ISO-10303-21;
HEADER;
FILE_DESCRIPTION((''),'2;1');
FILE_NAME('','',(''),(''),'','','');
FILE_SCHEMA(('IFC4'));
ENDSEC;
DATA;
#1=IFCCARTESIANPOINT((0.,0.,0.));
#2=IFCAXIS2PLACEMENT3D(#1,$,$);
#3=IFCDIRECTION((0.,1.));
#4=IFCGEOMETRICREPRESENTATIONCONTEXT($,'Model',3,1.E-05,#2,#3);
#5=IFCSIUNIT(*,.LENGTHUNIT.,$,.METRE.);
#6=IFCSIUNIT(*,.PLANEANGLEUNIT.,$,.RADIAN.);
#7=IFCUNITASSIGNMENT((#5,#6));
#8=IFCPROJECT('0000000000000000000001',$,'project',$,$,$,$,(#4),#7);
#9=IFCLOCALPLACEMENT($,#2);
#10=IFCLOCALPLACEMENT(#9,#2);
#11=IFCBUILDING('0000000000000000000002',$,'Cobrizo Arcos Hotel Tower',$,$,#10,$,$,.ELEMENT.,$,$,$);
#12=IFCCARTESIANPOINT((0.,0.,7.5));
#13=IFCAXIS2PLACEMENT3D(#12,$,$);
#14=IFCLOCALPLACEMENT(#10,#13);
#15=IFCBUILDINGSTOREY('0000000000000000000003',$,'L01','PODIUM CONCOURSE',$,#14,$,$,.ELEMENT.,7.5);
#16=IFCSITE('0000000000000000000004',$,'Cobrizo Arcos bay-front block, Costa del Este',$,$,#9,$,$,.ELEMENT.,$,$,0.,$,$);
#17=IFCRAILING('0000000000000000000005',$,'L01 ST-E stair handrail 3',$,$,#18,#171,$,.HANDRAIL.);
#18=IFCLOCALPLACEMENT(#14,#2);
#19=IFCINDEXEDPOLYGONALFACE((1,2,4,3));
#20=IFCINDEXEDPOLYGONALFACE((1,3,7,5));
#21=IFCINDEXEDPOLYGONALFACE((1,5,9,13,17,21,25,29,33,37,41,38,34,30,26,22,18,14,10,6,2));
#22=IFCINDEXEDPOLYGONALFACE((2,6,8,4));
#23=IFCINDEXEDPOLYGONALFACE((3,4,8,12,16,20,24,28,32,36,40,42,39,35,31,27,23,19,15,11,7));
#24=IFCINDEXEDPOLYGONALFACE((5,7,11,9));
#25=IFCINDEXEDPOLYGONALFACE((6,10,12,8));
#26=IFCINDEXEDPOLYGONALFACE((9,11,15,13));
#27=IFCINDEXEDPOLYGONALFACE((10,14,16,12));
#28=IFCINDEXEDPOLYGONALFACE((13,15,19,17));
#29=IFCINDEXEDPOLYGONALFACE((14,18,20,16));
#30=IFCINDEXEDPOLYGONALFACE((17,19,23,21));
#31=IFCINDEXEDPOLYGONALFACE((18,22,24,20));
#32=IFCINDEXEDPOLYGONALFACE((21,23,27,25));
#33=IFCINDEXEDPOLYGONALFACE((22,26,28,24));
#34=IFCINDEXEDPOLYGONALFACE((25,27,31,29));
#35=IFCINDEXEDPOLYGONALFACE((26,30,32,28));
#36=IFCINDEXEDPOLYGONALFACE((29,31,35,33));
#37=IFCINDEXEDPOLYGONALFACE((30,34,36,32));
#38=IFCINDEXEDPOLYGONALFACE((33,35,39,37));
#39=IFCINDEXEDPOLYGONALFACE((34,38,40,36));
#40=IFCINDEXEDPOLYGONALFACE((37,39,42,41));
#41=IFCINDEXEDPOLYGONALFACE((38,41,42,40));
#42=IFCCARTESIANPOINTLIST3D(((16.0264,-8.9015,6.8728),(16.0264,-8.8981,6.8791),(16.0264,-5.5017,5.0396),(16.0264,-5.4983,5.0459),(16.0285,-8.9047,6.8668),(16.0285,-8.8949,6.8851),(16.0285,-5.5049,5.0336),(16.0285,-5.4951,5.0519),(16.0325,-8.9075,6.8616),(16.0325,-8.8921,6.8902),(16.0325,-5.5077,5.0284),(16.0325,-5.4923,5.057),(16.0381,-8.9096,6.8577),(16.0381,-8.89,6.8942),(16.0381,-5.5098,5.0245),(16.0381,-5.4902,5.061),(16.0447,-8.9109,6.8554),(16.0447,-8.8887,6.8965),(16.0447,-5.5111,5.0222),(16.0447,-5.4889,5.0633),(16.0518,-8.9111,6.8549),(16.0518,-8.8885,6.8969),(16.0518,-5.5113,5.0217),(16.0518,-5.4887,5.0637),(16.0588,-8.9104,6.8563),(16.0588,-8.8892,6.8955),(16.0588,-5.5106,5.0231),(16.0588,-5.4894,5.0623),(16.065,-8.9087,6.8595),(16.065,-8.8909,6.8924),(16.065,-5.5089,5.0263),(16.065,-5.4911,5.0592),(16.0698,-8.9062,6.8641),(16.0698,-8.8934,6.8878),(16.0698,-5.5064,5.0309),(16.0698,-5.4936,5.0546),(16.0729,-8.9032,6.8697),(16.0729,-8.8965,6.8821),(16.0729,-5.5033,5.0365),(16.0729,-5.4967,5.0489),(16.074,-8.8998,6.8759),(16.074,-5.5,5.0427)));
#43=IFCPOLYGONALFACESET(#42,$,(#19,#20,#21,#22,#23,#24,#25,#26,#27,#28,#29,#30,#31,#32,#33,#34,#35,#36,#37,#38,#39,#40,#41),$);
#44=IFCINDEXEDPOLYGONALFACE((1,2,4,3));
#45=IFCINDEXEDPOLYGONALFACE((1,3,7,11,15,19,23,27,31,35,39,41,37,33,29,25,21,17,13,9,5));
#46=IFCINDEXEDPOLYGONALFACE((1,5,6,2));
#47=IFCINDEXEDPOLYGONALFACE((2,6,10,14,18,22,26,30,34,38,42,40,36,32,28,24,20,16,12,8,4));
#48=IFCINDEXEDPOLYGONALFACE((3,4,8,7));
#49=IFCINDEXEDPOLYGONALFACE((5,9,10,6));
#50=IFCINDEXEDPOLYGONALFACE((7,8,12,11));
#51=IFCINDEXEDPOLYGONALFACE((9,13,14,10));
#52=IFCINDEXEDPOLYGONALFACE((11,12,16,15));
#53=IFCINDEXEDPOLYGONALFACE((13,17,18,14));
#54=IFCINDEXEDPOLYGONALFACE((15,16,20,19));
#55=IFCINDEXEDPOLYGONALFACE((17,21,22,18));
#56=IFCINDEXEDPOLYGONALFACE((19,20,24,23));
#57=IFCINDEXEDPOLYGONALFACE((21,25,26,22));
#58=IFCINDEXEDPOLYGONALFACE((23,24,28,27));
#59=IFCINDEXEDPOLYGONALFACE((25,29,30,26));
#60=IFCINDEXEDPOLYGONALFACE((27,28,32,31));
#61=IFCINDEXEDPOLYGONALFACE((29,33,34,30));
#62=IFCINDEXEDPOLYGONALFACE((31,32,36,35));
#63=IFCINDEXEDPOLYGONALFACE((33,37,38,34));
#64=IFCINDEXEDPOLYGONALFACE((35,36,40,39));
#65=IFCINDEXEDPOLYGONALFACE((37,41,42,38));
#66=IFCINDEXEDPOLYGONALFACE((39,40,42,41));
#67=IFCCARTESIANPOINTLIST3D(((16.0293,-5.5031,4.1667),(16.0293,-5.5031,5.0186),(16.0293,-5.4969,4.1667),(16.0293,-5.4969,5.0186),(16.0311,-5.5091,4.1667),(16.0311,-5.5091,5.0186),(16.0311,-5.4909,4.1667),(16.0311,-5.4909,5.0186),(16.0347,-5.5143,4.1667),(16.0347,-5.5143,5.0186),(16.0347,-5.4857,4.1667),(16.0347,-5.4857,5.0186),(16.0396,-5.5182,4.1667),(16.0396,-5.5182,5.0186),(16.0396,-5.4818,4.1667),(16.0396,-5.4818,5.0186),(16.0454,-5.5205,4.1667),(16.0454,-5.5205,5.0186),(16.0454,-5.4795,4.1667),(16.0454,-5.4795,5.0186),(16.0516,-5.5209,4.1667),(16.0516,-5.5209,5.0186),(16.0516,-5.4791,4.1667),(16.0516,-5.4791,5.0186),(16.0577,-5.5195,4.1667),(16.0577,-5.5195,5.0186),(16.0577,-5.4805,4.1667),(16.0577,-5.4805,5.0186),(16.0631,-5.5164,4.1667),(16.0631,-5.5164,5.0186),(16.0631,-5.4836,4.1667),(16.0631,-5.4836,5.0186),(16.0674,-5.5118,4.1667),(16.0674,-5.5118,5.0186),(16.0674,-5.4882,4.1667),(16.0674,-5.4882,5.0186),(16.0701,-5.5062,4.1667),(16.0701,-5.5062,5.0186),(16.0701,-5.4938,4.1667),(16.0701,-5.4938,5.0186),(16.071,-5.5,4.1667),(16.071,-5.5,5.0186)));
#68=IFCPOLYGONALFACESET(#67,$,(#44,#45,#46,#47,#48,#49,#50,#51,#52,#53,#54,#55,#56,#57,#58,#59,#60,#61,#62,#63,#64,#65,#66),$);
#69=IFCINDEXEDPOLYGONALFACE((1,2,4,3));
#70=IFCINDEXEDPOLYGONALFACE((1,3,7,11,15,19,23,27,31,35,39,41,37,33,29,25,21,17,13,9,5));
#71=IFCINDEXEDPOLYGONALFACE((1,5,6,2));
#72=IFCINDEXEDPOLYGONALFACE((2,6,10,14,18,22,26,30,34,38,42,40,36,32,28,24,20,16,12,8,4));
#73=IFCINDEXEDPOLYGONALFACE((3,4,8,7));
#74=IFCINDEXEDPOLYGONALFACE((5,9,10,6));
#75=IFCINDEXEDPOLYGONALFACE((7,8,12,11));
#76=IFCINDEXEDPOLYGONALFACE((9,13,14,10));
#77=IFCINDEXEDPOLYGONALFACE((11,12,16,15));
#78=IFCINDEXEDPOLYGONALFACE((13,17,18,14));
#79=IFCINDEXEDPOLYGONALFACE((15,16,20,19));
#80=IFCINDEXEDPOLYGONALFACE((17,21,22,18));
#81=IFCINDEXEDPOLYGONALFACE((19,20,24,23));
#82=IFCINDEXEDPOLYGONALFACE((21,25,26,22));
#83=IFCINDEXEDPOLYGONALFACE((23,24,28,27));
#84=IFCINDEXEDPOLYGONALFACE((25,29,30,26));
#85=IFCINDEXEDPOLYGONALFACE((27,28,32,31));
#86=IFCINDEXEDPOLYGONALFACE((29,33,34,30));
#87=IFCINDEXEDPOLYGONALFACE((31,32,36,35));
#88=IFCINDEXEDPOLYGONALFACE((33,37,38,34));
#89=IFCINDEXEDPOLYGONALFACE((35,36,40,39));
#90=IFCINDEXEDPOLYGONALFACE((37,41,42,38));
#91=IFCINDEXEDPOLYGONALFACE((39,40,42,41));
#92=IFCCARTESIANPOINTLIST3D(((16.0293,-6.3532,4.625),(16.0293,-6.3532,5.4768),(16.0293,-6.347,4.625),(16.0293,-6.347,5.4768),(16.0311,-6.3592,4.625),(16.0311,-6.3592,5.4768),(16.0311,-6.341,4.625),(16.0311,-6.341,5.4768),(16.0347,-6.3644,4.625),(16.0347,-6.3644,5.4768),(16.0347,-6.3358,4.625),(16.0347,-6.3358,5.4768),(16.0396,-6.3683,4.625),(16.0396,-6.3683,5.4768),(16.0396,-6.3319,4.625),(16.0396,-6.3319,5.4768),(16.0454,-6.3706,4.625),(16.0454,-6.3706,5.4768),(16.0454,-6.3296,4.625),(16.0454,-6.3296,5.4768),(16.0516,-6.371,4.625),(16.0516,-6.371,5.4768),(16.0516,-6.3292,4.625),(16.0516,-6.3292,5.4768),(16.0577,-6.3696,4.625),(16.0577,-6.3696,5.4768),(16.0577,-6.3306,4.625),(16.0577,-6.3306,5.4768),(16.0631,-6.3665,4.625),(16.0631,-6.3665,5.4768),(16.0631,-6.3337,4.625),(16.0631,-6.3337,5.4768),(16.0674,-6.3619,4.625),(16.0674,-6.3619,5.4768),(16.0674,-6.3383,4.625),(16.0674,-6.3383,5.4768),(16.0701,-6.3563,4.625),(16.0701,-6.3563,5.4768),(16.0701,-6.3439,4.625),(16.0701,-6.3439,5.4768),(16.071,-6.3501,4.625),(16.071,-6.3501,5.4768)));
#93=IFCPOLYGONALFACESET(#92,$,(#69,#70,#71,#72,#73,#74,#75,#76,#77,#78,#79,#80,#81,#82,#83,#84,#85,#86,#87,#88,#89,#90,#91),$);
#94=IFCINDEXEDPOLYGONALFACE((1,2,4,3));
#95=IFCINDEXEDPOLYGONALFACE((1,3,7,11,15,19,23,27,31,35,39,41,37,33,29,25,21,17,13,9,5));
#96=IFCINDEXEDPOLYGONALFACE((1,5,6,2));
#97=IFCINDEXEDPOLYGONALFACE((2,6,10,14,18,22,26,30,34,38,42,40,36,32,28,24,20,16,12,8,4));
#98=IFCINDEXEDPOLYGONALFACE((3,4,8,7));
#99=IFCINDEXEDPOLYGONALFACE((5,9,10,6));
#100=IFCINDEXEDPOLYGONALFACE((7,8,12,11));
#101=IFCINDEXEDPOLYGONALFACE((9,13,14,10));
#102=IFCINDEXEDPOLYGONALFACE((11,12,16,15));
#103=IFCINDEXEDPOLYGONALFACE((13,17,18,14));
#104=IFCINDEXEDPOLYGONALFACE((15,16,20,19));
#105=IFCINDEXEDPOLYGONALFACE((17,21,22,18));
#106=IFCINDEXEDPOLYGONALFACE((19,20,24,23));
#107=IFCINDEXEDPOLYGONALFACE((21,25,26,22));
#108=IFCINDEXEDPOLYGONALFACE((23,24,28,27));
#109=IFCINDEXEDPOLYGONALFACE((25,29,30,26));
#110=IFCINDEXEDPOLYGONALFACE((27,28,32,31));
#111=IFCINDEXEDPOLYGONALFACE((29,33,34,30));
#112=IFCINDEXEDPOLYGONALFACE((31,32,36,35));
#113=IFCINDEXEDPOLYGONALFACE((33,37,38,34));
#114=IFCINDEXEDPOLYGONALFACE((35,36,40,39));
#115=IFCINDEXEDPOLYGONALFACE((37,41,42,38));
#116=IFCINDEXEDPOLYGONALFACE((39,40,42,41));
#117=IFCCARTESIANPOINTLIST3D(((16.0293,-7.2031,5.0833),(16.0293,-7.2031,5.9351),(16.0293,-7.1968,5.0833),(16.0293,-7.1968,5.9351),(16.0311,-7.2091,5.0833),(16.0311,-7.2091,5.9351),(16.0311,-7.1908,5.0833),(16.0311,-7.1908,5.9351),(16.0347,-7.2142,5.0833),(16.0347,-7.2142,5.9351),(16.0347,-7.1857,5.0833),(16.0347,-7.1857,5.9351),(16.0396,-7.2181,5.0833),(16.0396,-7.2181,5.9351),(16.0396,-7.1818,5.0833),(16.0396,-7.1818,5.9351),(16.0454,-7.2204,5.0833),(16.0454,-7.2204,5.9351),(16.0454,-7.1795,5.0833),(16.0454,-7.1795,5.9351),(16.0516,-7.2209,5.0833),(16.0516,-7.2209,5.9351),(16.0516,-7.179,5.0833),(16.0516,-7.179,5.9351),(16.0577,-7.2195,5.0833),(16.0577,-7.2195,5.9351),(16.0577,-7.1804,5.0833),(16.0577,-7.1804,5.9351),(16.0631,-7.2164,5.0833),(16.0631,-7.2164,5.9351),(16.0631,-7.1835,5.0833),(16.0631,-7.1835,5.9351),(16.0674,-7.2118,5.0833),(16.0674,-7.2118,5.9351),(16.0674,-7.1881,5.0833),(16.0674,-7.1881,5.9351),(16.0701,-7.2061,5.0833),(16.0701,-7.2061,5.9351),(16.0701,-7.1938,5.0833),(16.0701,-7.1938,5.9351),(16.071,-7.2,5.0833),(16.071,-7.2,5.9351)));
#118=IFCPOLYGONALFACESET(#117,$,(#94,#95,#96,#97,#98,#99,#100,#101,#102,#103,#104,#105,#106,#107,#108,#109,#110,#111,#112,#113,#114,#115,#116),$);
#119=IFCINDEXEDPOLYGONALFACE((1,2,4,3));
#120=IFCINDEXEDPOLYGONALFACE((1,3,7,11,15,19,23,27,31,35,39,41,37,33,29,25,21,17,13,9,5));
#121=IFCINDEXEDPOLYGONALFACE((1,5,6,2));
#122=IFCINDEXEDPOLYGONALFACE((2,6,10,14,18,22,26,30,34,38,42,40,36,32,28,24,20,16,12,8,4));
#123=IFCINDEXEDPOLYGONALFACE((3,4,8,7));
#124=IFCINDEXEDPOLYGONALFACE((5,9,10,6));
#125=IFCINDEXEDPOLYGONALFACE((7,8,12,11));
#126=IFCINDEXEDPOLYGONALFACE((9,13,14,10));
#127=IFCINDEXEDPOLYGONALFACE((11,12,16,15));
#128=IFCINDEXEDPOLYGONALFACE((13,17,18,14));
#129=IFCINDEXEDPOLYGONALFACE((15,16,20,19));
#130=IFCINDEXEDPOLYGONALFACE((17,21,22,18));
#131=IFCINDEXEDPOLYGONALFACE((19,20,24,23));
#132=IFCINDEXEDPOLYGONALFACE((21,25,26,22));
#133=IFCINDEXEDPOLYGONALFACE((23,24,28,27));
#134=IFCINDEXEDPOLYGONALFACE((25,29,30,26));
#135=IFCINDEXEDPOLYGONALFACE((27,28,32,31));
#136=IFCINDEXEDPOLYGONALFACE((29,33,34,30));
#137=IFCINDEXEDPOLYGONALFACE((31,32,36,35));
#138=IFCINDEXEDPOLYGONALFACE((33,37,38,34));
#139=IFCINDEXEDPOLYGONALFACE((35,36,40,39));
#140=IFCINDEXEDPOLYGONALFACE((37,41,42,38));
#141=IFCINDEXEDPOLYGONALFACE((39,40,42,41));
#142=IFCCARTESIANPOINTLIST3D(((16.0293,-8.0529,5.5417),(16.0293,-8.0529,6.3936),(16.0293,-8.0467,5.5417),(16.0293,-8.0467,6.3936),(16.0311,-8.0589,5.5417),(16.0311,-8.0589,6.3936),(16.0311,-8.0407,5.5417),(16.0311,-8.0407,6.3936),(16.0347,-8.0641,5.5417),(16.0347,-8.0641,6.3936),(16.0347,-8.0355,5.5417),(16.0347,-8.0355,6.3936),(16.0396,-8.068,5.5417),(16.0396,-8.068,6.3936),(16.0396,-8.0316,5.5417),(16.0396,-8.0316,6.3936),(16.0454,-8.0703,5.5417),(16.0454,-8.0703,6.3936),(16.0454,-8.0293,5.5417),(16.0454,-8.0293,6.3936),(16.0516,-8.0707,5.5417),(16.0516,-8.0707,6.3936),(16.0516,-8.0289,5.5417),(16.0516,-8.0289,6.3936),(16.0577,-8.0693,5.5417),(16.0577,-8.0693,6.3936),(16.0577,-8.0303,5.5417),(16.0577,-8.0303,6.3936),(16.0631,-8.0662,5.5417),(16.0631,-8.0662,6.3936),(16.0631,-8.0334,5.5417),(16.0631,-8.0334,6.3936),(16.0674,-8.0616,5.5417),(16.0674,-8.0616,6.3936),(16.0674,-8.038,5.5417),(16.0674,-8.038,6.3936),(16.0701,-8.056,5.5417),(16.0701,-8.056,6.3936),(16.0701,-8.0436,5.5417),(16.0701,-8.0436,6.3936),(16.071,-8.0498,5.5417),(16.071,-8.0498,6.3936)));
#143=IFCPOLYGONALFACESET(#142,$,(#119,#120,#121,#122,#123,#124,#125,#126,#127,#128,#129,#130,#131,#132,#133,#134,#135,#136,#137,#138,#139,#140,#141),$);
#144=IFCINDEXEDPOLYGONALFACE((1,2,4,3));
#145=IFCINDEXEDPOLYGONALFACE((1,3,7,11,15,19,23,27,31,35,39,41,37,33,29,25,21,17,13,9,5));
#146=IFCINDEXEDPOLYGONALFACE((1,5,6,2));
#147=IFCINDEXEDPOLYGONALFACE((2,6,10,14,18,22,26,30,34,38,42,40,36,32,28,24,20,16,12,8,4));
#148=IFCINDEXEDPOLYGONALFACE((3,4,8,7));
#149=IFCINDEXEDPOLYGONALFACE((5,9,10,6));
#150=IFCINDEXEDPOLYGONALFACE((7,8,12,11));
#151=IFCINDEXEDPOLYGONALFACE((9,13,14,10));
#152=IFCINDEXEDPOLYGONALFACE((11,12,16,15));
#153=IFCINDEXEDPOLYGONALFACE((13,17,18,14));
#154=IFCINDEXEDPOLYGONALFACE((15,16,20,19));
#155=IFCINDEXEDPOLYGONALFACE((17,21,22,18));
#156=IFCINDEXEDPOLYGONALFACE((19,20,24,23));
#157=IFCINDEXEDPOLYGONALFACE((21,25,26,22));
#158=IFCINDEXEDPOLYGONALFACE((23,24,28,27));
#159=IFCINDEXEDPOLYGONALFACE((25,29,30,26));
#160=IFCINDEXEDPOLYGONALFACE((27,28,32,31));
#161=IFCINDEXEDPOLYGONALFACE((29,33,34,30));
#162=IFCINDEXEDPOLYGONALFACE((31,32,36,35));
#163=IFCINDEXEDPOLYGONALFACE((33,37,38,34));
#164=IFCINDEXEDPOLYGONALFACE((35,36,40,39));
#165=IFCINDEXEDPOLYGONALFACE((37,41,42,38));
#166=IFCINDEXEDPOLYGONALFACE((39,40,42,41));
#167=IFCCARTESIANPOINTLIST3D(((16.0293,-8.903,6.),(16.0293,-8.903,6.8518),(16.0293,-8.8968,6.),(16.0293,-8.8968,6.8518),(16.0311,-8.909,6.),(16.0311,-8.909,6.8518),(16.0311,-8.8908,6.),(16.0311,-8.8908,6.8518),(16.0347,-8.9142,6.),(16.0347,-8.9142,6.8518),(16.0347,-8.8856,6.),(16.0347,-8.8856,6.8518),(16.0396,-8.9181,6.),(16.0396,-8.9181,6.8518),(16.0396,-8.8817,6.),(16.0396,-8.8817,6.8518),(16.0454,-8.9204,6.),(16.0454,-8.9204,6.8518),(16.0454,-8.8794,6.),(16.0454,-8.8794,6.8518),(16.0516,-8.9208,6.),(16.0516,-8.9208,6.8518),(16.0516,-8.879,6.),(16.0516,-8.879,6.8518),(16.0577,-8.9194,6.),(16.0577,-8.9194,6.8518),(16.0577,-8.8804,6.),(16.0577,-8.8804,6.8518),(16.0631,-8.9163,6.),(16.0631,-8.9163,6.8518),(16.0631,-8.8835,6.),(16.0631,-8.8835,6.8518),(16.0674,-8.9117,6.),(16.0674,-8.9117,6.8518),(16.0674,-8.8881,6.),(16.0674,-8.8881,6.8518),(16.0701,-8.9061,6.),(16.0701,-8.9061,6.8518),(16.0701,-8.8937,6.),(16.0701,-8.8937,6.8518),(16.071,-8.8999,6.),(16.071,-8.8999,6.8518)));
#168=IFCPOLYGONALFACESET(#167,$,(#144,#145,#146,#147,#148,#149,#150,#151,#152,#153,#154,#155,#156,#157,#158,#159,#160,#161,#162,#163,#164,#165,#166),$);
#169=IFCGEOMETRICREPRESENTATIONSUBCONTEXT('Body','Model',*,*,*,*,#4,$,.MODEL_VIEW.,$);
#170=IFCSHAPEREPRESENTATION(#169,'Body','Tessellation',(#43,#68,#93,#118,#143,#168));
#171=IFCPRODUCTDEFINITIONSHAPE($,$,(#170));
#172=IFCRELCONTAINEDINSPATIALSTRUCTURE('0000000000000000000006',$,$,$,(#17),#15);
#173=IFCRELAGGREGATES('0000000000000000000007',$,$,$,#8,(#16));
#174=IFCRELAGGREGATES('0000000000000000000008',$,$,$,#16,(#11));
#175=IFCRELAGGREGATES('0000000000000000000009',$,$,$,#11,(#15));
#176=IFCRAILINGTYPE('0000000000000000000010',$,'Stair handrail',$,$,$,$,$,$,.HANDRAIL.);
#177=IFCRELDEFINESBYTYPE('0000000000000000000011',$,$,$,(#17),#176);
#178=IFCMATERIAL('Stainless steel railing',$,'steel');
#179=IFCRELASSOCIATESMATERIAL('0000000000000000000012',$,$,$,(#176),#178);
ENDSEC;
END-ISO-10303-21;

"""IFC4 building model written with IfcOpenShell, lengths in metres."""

from ifc_helpers import new_model, si_unit, direction, frame, origin, origin_2d, place, context, subcontext, project, spatial, circle, extrude, material, type_object, element, save


model = new_model("IFC4")

# Units and contexts
model_context = context("Model", 3, precision=1e-05, world=origin(), true_north=direction((0.0, 1.0)))
body_context = subcontext(model_context, "Body", "Model", "MODEL_VIEW")
ifc_project = project(units=[si_unit("LENGTHUNIT", "METRE"), si_unit("PLANEANGLEUNIT", "RADIAN")], contexts=[model_context])

# Site, building, storey
site_placement = place(None, origin())
site = spatial("IfcSite", under=ifc_project, at=site_placement, Name="Cobrizo Arcos bay-front block, Costa del Este", CompositionType="ELEMENT", RefElevation=0.0)
building_placement = place(site_placement, origin())
building = spatial("IfcBuilding", under=site, at=building_placement, Name="Cobrizo Arcos Hotel Tower", CompositionType="ELEMENT")
storey_placement = place(building_placement, frame((0.0, 0.0, 7.5)))
storey = spatial("IfcBuildingStorey", under=building, at=storey_placement, Name="L01", Description="PODIUM CONCOURSE", CompositionType="ELEMENT", Elevation=7.5)

# Railing
ifc_material_1 = material(Name="Stainless steel railing", Category="steel")
railing_type_1 = type_object("IfcRailingType", Name="Stair handrail", PredefinedType="HANDRAIL", material=ifc_material_1)
for number, where, name in (
    (1, (16.05, -5.5, 4.1667), "L01 ST-E stair handrail 3"),
):
    element("IfcRailing", number, at=place(storey_placement, frame(where)), inside=storey, type_object=railing_type_1, Name=name, PredefinedType="HANDRAIL", context=body_context, shape_type="SweptSolid", body=[
        extrude(circle(Radius=0.0239, at=origin_2d()), frame((0.0, 0.0, 0.876), z_axis=(0.0, -0.880197, 0.474609), x_axis=(1.0, 0.0, 0.0)), (0.0, 0.0, 1.0), 3.8625),
        extrude(circle(Radius=0.021, at=origin_2d()), origin(), (0.0, 0.0, 1.0), 0.8518),
        extrude(circle(Radius=0.021, at=origin_2d()), frame((0.0, -0.8501, 0.4583)), (0.0, 0.0, 1.0), 0.8518),
        extrude(circle(Radius=0.021, at=origin_2d()), frame((0.0, -1.7, 0.9165)), (0.0, 0.0, 1.0), 0.8518),
        extrude(circle(Radius=0.021, at=origin_2d()), frame((0.0, -2.5498, 1.375)), (0.0, 0.0, 1.0), 0.8518),
        extrude(circle(Radius=0.021, at=origin_2d()), frame((0.0, -3.3999, 1.8333)), (0.0, 0.0, 1.0), 0.8518),
    ])

save(model, "model.ifc")
